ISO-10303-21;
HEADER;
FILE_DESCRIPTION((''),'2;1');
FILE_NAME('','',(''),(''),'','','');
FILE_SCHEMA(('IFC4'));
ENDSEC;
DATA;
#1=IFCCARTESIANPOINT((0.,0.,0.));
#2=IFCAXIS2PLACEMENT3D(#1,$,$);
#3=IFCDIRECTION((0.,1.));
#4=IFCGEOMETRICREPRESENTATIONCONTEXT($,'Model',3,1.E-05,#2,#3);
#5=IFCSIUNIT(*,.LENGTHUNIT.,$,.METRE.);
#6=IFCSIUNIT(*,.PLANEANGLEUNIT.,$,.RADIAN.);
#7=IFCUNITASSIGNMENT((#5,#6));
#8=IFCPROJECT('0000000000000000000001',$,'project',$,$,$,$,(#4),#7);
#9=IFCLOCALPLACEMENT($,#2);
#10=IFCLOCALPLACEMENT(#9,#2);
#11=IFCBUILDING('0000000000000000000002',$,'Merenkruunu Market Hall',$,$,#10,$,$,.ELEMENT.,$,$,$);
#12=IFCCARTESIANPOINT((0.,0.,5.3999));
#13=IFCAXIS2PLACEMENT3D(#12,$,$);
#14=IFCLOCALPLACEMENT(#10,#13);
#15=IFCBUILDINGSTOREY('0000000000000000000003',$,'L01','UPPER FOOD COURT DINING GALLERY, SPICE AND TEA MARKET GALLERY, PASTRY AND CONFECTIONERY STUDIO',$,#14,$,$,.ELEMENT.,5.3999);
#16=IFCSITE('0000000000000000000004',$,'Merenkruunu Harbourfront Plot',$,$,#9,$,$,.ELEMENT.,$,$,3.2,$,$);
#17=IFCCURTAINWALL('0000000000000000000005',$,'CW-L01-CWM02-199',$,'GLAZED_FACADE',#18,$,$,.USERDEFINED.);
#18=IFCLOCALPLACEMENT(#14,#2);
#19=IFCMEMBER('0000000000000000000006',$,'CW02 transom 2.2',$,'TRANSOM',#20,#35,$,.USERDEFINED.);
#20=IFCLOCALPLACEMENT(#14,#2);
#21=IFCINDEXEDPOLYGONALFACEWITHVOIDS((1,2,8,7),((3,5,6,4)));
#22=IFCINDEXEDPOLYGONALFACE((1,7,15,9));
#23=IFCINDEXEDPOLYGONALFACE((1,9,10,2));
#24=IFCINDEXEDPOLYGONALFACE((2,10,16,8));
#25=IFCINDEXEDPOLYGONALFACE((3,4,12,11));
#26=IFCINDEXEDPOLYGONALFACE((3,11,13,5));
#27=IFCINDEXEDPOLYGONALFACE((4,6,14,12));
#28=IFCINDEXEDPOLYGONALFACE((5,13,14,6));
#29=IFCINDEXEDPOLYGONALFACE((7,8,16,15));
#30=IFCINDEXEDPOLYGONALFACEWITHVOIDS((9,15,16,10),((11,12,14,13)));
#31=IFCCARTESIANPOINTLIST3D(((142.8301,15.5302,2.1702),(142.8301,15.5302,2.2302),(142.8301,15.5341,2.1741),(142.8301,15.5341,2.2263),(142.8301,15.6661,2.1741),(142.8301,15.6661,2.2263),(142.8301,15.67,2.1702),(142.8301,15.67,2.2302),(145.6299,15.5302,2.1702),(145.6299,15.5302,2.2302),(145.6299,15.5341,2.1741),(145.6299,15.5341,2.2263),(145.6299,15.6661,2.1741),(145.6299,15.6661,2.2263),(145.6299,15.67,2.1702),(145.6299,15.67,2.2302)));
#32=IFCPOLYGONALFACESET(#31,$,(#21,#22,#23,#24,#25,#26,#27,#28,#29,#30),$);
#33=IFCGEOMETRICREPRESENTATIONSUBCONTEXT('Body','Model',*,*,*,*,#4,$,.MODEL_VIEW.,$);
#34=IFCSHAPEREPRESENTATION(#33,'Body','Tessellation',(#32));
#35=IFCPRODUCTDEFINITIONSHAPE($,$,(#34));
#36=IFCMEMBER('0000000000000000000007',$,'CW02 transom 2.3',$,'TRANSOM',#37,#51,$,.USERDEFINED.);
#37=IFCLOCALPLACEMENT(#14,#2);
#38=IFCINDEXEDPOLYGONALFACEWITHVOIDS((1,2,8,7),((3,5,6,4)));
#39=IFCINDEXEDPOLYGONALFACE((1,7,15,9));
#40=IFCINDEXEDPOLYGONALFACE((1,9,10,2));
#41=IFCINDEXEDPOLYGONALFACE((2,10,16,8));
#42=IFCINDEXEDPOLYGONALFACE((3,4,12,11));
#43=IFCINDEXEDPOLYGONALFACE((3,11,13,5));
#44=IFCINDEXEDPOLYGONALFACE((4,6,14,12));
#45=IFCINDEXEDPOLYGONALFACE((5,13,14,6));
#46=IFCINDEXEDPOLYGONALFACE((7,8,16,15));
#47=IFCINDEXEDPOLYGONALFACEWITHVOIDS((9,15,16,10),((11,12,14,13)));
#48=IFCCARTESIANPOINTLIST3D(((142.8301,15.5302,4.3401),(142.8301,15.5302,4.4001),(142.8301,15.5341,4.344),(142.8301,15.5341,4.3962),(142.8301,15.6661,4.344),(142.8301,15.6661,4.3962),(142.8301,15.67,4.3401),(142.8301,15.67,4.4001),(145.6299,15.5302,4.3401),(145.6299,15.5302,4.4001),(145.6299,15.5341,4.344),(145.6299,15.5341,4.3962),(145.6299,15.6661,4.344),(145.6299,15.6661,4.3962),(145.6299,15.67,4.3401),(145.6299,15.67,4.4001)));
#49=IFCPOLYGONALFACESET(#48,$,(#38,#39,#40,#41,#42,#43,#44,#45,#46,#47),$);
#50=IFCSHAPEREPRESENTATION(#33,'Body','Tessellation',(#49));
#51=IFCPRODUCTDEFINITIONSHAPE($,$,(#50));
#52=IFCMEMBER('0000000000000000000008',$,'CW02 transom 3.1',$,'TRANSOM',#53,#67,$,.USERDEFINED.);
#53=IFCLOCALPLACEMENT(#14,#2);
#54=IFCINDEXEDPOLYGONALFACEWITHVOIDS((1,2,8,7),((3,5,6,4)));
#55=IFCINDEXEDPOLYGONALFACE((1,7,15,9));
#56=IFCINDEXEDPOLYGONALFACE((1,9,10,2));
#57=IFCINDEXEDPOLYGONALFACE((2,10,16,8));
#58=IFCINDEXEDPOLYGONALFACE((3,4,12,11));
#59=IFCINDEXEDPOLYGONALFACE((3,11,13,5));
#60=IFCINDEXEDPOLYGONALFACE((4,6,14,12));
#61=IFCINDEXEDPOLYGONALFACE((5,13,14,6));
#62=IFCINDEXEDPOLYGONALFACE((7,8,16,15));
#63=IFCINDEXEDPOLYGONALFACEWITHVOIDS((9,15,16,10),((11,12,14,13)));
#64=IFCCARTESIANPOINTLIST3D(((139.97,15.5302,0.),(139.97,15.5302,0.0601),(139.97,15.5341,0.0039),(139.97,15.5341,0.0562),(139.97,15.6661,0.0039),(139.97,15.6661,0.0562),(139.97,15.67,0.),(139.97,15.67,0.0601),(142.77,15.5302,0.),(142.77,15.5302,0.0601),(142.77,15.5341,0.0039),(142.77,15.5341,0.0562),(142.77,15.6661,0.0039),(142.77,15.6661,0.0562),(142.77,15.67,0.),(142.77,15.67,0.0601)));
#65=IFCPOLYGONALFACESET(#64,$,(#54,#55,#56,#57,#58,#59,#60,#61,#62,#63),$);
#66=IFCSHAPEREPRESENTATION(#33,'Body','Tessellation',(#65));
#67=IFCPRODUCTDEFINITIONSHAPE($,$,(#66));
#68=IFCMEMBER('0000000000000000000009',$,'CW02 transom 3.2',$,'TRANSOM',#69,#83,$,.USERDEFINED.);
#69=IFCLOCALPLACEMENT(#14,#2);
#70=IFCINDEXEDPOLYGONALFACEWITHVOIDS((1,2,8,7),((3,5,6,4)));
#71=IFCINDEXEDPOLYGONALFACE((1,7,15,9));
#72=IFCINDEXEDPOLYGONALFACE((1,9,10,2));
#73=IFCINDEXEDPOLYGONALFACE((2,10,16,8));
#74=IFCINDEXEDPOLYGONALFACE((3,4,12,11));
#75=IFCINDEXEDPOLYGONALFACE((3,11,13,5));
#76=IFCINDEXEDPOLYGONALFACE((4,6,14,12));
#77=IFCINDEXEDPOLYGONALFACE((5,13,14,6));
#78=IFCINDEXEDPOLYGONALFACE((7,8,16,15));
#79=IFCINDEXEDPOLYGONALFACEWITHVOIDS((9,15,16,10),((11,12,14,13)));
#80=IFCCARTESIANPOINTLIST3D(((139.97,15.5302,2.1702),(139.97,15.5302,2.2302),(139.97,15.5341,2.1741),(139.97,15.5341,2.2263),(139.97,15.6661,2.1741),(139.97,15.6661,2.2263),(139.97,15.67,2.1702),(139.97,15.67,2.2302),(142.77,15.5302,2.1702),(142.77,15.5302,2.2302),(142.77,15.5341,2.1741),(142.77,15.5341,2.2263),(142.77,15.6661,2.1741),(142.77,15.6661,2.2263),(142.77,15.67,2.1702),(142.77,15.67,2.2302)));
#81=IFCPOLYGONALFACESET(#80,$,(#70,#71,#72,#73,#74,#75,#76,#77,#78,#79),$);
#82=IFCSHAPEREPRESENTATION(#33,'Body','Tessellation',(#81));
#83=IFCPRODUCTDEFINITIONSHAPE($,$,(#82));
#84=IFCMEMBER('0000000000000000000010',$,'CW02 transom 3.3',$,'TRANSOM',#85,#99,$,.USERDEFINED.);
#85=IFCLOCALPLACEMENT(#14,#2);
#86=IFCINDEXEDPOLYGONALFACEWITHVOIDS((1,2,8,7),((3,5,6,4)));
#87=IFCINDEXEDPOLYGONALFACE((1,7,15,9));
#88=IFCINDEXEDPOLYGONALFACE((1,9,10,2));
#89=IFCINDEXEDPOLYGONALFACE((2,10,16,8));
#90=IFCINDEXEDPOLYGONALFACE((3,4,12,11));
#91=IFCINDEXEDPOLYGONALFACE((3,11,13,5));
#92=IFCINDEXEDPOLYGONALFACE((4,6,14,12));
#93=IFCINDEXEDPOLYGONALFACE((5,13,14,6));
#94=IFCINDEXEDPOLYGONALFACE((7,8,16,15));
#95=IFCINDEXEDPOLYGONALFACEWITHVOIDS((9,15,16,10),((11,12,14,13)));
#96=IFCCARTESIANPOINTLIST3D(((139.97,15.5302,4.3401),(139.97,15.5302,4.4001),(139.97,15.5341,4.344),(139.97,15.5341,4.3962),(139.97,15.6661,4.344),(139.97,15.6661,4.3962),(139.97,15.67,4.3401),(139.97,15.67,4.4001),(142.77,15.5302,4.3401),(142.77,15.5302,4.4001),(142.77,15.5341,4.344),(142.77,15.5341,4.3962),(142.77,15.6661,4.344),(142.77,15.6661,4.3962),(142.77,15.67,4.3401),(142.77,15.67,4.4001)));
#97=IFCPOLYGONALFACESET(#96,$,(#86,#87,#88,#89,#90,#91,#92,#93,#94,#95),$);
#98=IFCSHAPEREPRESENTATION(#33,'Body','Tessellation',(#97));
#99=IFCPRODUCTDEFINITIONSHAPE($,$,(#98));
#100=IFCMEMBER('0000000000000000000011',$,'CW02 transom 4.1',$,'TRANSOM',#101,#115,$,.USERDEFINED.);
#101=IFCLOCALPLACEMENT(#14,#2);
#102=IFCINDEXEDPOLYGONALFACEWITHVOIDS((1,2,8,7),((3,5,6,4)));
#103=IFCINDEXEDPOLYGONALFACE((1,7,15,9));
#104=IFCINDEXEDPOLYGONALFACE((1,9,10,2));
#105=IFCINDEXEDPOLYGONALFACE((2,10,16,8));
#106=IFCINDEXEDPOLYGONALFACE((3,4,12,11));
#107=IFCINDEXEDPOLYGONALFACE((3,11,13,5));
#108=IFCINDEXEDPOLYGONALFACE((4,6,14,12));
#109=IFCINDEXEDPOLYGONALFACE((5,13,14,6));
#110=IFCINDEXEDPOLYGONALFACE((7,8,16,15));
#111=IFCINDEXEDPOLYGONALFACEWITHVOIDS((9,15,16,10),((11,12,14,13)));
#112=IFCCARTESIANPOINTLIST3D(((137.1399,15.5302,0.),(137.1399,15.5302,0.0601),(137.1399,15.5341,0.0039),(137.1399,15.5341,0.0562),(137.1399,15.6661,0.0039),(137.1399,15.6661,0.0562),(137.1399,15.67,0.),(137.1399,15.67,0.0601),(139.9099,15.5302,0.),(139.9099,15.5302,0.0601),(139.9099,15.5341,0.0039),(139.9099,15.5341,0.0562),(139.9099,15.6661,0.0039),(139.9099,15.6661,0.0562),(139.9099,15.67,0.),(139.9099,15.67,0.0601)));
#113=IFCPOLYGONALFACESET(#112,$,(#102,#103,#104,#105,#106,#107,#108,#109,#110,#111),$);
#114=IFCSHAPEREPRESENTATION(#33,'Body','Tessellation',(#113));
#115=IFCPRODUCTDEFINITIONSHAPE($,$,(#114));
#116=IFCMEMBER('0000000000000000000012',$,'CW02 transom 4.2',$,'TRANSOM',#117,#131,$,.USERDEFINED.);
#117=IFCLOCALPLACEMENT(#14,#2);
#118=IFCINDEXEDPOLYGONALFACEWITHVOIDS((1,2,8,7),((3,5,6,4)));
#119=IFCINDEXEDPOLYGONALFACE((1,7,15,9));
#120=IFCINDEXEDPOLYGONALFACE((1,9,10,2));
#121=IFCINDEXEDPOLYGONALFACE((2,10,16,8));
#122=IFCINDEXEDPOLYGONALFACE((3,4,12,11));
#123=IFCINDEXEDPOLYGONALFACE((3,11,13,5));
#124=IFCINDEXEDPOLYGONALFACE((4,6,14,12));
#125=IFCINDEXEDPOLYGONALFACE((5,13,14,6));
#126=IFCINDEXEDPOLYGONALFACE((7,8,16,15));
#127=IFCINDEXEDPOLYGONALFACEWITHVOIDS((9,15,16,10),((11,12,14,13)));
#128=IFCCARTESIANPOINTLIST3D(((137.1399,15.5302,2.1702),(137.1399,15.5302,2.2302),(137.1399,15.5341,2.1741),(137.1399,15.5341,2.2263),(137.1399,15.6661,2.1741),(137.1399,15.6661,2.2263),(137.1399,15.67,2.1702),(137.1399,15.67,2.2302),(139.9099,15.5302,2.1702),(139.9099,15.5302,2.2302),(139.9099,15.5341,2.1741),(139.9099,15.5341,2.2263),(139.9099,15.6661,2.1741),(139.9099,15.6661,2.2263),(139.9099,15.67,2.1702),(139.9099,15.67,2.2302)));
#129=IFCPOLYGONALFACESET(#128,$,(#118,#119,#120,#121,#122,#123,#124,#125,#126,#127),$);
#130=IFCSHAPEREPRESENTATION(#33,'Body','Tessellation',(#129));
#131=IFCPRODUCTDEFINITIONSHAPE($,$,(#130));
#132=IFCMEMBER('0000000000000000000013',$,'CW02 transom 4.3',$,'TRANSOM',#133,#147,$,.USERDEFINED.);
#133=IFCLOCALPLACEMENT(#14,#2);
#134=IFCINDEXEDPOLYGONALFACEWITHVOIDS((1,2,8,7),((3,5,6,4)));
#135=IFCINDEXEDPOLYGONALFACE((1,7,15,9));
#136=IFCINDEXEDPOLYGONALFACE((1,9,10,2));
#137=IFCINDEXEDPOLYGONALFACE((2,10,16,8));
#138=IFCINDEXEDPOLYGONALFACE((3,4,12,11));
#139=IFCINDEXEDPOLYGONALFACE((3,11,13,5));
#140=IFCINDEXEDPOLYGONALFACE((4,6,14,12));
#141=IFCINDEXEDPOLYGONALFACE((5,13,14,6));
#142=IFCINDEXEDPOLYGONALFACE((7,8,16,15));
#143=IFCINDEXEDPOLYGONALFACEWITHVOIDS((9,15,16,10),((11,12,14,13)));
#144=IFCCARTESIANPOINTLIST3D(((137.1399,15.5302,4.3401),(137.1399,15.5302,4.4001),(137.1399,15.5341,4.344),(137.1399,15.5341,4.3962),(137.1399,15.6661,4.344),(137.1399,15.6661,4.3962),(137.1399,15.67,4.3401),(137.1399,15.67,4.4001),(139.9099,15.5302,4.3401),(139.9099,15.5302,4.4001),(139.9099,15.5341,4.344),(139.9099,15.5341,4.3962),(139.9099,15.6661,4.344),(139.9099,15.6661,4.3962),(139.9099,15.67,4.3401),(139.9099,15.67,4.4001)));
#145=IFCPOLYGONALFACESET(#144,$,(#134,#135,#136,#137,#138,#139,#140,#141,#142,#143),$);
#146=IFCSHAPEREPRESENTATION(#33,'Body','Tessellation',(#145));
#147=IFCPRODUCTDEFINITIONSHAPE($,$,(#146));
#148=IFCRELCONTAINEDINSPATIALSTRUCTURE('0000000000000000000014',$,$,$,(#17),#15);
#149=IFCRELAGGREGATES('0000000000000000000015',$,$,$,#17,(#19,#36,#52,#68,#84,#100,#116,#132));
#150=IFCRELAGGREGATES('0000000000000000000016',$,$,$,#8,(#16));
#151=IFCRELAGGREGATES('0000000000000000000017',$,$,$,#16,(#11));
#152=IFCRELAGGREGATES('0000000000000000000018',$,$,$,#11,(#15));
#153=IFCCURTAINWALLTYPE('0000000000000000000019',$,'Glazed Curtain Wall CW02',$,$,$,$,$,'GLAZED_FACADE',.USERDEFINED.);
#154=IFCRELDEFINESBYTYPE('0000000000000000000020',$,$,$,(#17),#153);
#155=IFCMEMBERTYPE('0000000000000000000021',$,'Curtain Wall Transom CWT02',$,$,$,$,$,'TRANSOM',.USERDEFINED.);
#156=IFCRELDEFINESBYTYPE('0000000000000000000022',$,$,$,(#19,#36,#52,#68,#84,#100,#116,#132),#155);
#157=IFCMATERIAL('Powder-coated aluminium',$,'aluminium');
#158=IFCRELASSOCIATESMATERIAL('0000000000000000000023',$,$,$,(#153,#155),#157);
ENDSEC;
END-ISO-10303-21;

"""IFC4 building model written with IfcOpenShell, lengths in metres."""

from ifc_helpers import new_model, si_unit, direction, frame, origin, origin_2d, place, context, subcontext, project, spatial, hollow_rectangle, extrude, material, material_profile, profile_set, type_object, element, aggregate, save


model = new_model("IFC4")

# Units and contexts
model_context = context("Model", 3, precision=1e-05, world=origin(), true_north=direction((0.0, 1.0)))
body_context = subcontext(model_context, "Body", "Model", "MODEL_VIEW")
ifc_project = project(units=[si_unit("LENGTHUNIT", "METRE"), si_unit("PLANEANGLEUNIT", "RADIAN")], contexts=[model_context])

# Site, building, storey
site_placement = place(None, origin())
site = spatial("IfcSite", under=ifc_project, at=site_placement, Name="Merenkruunu Harbourfront Plot", CompositionType="ELEMENT", RefElevation=3.2)
building_placement = place(site_placement, origin())
building = spatial("IfcBuilding", under=site, at=building_placement, Name="Merenkruunu Market Hall", CompositionType="ELEMENT")
storey_placement = place(building_placement, frame((0.0, 0.0, 5.3999)))
storey = spatial("IfcBuildingStorey", under=building, at=storey_placement, Name="L01", Description="UPPER FOOD COURT DINING GALLERY, SPICE AND TEA MARKET GALLERY, PASTRY AND CONFECTIONERY STUDIO", CompositionType="ELEMENT", Elevation=5.3999)

# Curtain wall, members
ifc_material_1 = material(Name="Powder-coated aluminium", Category="aluminium")
curtain_wall_type = type_object("IfcCurtainWallType", Name="Glazed Curtain Wall CW02", ElementType="GLAZED_FACADE", PredefinedType="USERDEFINED", material=ifc_material_1)
curtain_wall_placement = place(storey_placement, origin())
curtain_wall = element("IfcCurtainWall", 1, at=curtain_wall_placement, inside=storey, type_object=curtain_wall_type, Name="CW-L01-CWM02-199", ObjectType="GLAZED_FACADE", PredefinedType="USERDEFINED")
ifc_material_profile_1 = material_profile(ifc_material_1, hollow_rectangle(XDim=0.0601, YDim=0.1399, WallThickness=0.0039, at=origin_2d()), Name="ALU 60x140x4")
ifc_profile_set_1 = profile_set([ifc_material_profile_1], Name="Powder-coated aluminium")
member_type_1 = type_object("IfcMemberType", Name="Curtain Wall Transom CWT02", ElementType="TRANSOM", PredefinedType="USERDEFINED", material=ifc_profile_set_1)
member_1_placement = place(storey_placement, frame((145.6299, 15.6001, 2.2002), z_axis=(-1.0, 0.0, 0.0), x_axis=(0.0, 0.0, 1.0)))
member_1 = element("IfcMember", 2, at=member_1_placement, type_object=member_type_1, Name="CW02 transom 2.2", ObjectType="TRANSOM", PredefinedType="USERDEFINED", context=body_context, shape_type="SweptSolid", body=[
    extrude(hollow_rectangle(XDim=0.0601, YDim=0.1399, WallThickness=0.0039, at=origin_2d()), origin(), (0.0, 0.0, 1.0), 2.7998),
])
member_2_placement = place(storey_placement, frame((145.6299, 15.6001, 4.3701), z_axis=(-1.0, 0.0, 0.0), x_axis=(0.0, 0.0, 1.0)))
member_2 = element("IfcMember", 3, at=member_2_placement, type_object=member_type_1, Name="CW02 transom 2.3", ObjectType="TRANSOM", PredefinedType="USERDEFINED", context=body_context, shape_type="SweptSolid", body=[
    extrude(hollow_rectangle(XDim=0.0601, YDim=0.1399, WallThickness=0.0039, at=origin_2d()), origin(), (0.0, 0.0, 1.0), 2.7998),
])
member_3_placement = place(storey_placement, frame((142.77, 15.6001, 0.03), z_axis=(-1.0, 0.0, 0.0), x_axis=(0.0, 0.0, 1.0)))
member_3 = element("IfcMember", 4, at=member_3_placement, type_object=member_type_1, Name="CW02 transom 3.1", ObjectType="TRANSOM", PredefinedType="USERDEFINED", context=body_context, shape_type="SweptSolid", body=[
    extrude(hollow_rectangle(XDim=0.0601, YDim=0.1399, WallThickness=0.0039, at=origin_2d()), origin(), (0.0, 0.0, 1.0), 2.8),
])
member_4_placement = place(storey_placement, frame((142.77, 15.6001, 2.2002), z_axis=(-1.0, 0.0, 0.0), x_axis=(0.0, 0.0, 1.0)))
member_4 = element("IfcMember", 5, at=member_4_placement, type_object=member_type_1, Name="CW02 transom 3.2", ObjectType="TRANSOM", PredefinedType="USERDEFINED", context=body_context, shape_type="SweptSolid", body=[
    extrude(hollow_rectangle(XDim=0.0601, YDim=0.1399, WallThickness=0.0039, at=origin_2d()), origin(), (0.0, 0.0, 1.0), 2.8),
])
member_5_placement = place(storey_placement, frame((142.77, 15.6001, 4.3701), z_axis=(-1.0, 0.0, 0.0), x_axis=(0.0, 0.0, 1.0)))
member_5 = element("IfcMember", 6, at=member_5_placement, type_object=member_type_1, Name="CW02 transom 3.3", ObjectType="TRANSOM", PredefinedType="USERDEFINED", context=body_context, shape_type="SweptSolid", body=[
    extrude(hollow_rectangle(XDim=0.0601, YDim=0.1399, WallThickness=0.0039, at=origin_2d()), origin(), (0.0, 0.0, 1.0), 2.8),
])
member_6_placement = place(storey_placement, frame((139.9099, 15.6001, 0.03), z_axis=(-1.0, 0.0, 0.0), x_axis=(0.0, 0.0, 1.0)))
member_6 = element("IfcMember", 7, at=member_6_placement, type_object=member_type_1, Name="CW02 transom 4.1", ObjectType="TRANSOM", PredefinedType="USERDEFINED", context=body_context, shape_type="SweptSolid", body=[
    extrude(hollow_rectangle(XDim=0.0601, YDim=0.1399, WallThickness=0.0039, at=origin_2d()), origin(), (0.0, 0.0, 1.0), 2.77),
])
member_7_placement = place(storey_placement, frame((139.9099, 15.6001, 2.2002), z_axis=(-1.0, 0.0, 0.0), x_axis=(0.0, 0.0, 1.0)))
member_7 = element("IfcMember", 8, at=member_7_placement, type_object=member_type_1, Name="CW02 transom 4.2", ObjectType="TRANSOM", PredefinedType="USERDEFINED", context=body_context, shape_type="SweptSolid", body=[
    extrude(hollow_rectangle(XDim=0.0601, YDim=0.1399, WallThickness=0.0039, at=origin_2d()), origin(), (0.0, 0.0, 1.0), 2.77),
])
member_8_placement = place(storey_placement, frame((139.9099, 15.6001, 4.3701), z_axis=(-1.0, 0.0, 0.0), x_axis=(0.0, 0.0, 1.0)))
member_8 = element("IfcMember", 9, at=member_8_placement, type_object=member_type_1, Name="CW02 transom 4.3", ObjectType="TRANSOM", PredefinedType="USERDEFINED", context=body_context, shape_type="SweptSolid", body=[
    extrude(hollow_rectangle(XDim=0.0601, YDim=0.1399, WallThickness=0.0039, at=origin_2d()), origin(), (0.0, 0.0, 1.0), 2.77),
])

aggregate(curtain_wall, [member_1, member_2, member_3, member_4, member_5, member_6, member_7, member_8])

save(model, "model.ifc")
